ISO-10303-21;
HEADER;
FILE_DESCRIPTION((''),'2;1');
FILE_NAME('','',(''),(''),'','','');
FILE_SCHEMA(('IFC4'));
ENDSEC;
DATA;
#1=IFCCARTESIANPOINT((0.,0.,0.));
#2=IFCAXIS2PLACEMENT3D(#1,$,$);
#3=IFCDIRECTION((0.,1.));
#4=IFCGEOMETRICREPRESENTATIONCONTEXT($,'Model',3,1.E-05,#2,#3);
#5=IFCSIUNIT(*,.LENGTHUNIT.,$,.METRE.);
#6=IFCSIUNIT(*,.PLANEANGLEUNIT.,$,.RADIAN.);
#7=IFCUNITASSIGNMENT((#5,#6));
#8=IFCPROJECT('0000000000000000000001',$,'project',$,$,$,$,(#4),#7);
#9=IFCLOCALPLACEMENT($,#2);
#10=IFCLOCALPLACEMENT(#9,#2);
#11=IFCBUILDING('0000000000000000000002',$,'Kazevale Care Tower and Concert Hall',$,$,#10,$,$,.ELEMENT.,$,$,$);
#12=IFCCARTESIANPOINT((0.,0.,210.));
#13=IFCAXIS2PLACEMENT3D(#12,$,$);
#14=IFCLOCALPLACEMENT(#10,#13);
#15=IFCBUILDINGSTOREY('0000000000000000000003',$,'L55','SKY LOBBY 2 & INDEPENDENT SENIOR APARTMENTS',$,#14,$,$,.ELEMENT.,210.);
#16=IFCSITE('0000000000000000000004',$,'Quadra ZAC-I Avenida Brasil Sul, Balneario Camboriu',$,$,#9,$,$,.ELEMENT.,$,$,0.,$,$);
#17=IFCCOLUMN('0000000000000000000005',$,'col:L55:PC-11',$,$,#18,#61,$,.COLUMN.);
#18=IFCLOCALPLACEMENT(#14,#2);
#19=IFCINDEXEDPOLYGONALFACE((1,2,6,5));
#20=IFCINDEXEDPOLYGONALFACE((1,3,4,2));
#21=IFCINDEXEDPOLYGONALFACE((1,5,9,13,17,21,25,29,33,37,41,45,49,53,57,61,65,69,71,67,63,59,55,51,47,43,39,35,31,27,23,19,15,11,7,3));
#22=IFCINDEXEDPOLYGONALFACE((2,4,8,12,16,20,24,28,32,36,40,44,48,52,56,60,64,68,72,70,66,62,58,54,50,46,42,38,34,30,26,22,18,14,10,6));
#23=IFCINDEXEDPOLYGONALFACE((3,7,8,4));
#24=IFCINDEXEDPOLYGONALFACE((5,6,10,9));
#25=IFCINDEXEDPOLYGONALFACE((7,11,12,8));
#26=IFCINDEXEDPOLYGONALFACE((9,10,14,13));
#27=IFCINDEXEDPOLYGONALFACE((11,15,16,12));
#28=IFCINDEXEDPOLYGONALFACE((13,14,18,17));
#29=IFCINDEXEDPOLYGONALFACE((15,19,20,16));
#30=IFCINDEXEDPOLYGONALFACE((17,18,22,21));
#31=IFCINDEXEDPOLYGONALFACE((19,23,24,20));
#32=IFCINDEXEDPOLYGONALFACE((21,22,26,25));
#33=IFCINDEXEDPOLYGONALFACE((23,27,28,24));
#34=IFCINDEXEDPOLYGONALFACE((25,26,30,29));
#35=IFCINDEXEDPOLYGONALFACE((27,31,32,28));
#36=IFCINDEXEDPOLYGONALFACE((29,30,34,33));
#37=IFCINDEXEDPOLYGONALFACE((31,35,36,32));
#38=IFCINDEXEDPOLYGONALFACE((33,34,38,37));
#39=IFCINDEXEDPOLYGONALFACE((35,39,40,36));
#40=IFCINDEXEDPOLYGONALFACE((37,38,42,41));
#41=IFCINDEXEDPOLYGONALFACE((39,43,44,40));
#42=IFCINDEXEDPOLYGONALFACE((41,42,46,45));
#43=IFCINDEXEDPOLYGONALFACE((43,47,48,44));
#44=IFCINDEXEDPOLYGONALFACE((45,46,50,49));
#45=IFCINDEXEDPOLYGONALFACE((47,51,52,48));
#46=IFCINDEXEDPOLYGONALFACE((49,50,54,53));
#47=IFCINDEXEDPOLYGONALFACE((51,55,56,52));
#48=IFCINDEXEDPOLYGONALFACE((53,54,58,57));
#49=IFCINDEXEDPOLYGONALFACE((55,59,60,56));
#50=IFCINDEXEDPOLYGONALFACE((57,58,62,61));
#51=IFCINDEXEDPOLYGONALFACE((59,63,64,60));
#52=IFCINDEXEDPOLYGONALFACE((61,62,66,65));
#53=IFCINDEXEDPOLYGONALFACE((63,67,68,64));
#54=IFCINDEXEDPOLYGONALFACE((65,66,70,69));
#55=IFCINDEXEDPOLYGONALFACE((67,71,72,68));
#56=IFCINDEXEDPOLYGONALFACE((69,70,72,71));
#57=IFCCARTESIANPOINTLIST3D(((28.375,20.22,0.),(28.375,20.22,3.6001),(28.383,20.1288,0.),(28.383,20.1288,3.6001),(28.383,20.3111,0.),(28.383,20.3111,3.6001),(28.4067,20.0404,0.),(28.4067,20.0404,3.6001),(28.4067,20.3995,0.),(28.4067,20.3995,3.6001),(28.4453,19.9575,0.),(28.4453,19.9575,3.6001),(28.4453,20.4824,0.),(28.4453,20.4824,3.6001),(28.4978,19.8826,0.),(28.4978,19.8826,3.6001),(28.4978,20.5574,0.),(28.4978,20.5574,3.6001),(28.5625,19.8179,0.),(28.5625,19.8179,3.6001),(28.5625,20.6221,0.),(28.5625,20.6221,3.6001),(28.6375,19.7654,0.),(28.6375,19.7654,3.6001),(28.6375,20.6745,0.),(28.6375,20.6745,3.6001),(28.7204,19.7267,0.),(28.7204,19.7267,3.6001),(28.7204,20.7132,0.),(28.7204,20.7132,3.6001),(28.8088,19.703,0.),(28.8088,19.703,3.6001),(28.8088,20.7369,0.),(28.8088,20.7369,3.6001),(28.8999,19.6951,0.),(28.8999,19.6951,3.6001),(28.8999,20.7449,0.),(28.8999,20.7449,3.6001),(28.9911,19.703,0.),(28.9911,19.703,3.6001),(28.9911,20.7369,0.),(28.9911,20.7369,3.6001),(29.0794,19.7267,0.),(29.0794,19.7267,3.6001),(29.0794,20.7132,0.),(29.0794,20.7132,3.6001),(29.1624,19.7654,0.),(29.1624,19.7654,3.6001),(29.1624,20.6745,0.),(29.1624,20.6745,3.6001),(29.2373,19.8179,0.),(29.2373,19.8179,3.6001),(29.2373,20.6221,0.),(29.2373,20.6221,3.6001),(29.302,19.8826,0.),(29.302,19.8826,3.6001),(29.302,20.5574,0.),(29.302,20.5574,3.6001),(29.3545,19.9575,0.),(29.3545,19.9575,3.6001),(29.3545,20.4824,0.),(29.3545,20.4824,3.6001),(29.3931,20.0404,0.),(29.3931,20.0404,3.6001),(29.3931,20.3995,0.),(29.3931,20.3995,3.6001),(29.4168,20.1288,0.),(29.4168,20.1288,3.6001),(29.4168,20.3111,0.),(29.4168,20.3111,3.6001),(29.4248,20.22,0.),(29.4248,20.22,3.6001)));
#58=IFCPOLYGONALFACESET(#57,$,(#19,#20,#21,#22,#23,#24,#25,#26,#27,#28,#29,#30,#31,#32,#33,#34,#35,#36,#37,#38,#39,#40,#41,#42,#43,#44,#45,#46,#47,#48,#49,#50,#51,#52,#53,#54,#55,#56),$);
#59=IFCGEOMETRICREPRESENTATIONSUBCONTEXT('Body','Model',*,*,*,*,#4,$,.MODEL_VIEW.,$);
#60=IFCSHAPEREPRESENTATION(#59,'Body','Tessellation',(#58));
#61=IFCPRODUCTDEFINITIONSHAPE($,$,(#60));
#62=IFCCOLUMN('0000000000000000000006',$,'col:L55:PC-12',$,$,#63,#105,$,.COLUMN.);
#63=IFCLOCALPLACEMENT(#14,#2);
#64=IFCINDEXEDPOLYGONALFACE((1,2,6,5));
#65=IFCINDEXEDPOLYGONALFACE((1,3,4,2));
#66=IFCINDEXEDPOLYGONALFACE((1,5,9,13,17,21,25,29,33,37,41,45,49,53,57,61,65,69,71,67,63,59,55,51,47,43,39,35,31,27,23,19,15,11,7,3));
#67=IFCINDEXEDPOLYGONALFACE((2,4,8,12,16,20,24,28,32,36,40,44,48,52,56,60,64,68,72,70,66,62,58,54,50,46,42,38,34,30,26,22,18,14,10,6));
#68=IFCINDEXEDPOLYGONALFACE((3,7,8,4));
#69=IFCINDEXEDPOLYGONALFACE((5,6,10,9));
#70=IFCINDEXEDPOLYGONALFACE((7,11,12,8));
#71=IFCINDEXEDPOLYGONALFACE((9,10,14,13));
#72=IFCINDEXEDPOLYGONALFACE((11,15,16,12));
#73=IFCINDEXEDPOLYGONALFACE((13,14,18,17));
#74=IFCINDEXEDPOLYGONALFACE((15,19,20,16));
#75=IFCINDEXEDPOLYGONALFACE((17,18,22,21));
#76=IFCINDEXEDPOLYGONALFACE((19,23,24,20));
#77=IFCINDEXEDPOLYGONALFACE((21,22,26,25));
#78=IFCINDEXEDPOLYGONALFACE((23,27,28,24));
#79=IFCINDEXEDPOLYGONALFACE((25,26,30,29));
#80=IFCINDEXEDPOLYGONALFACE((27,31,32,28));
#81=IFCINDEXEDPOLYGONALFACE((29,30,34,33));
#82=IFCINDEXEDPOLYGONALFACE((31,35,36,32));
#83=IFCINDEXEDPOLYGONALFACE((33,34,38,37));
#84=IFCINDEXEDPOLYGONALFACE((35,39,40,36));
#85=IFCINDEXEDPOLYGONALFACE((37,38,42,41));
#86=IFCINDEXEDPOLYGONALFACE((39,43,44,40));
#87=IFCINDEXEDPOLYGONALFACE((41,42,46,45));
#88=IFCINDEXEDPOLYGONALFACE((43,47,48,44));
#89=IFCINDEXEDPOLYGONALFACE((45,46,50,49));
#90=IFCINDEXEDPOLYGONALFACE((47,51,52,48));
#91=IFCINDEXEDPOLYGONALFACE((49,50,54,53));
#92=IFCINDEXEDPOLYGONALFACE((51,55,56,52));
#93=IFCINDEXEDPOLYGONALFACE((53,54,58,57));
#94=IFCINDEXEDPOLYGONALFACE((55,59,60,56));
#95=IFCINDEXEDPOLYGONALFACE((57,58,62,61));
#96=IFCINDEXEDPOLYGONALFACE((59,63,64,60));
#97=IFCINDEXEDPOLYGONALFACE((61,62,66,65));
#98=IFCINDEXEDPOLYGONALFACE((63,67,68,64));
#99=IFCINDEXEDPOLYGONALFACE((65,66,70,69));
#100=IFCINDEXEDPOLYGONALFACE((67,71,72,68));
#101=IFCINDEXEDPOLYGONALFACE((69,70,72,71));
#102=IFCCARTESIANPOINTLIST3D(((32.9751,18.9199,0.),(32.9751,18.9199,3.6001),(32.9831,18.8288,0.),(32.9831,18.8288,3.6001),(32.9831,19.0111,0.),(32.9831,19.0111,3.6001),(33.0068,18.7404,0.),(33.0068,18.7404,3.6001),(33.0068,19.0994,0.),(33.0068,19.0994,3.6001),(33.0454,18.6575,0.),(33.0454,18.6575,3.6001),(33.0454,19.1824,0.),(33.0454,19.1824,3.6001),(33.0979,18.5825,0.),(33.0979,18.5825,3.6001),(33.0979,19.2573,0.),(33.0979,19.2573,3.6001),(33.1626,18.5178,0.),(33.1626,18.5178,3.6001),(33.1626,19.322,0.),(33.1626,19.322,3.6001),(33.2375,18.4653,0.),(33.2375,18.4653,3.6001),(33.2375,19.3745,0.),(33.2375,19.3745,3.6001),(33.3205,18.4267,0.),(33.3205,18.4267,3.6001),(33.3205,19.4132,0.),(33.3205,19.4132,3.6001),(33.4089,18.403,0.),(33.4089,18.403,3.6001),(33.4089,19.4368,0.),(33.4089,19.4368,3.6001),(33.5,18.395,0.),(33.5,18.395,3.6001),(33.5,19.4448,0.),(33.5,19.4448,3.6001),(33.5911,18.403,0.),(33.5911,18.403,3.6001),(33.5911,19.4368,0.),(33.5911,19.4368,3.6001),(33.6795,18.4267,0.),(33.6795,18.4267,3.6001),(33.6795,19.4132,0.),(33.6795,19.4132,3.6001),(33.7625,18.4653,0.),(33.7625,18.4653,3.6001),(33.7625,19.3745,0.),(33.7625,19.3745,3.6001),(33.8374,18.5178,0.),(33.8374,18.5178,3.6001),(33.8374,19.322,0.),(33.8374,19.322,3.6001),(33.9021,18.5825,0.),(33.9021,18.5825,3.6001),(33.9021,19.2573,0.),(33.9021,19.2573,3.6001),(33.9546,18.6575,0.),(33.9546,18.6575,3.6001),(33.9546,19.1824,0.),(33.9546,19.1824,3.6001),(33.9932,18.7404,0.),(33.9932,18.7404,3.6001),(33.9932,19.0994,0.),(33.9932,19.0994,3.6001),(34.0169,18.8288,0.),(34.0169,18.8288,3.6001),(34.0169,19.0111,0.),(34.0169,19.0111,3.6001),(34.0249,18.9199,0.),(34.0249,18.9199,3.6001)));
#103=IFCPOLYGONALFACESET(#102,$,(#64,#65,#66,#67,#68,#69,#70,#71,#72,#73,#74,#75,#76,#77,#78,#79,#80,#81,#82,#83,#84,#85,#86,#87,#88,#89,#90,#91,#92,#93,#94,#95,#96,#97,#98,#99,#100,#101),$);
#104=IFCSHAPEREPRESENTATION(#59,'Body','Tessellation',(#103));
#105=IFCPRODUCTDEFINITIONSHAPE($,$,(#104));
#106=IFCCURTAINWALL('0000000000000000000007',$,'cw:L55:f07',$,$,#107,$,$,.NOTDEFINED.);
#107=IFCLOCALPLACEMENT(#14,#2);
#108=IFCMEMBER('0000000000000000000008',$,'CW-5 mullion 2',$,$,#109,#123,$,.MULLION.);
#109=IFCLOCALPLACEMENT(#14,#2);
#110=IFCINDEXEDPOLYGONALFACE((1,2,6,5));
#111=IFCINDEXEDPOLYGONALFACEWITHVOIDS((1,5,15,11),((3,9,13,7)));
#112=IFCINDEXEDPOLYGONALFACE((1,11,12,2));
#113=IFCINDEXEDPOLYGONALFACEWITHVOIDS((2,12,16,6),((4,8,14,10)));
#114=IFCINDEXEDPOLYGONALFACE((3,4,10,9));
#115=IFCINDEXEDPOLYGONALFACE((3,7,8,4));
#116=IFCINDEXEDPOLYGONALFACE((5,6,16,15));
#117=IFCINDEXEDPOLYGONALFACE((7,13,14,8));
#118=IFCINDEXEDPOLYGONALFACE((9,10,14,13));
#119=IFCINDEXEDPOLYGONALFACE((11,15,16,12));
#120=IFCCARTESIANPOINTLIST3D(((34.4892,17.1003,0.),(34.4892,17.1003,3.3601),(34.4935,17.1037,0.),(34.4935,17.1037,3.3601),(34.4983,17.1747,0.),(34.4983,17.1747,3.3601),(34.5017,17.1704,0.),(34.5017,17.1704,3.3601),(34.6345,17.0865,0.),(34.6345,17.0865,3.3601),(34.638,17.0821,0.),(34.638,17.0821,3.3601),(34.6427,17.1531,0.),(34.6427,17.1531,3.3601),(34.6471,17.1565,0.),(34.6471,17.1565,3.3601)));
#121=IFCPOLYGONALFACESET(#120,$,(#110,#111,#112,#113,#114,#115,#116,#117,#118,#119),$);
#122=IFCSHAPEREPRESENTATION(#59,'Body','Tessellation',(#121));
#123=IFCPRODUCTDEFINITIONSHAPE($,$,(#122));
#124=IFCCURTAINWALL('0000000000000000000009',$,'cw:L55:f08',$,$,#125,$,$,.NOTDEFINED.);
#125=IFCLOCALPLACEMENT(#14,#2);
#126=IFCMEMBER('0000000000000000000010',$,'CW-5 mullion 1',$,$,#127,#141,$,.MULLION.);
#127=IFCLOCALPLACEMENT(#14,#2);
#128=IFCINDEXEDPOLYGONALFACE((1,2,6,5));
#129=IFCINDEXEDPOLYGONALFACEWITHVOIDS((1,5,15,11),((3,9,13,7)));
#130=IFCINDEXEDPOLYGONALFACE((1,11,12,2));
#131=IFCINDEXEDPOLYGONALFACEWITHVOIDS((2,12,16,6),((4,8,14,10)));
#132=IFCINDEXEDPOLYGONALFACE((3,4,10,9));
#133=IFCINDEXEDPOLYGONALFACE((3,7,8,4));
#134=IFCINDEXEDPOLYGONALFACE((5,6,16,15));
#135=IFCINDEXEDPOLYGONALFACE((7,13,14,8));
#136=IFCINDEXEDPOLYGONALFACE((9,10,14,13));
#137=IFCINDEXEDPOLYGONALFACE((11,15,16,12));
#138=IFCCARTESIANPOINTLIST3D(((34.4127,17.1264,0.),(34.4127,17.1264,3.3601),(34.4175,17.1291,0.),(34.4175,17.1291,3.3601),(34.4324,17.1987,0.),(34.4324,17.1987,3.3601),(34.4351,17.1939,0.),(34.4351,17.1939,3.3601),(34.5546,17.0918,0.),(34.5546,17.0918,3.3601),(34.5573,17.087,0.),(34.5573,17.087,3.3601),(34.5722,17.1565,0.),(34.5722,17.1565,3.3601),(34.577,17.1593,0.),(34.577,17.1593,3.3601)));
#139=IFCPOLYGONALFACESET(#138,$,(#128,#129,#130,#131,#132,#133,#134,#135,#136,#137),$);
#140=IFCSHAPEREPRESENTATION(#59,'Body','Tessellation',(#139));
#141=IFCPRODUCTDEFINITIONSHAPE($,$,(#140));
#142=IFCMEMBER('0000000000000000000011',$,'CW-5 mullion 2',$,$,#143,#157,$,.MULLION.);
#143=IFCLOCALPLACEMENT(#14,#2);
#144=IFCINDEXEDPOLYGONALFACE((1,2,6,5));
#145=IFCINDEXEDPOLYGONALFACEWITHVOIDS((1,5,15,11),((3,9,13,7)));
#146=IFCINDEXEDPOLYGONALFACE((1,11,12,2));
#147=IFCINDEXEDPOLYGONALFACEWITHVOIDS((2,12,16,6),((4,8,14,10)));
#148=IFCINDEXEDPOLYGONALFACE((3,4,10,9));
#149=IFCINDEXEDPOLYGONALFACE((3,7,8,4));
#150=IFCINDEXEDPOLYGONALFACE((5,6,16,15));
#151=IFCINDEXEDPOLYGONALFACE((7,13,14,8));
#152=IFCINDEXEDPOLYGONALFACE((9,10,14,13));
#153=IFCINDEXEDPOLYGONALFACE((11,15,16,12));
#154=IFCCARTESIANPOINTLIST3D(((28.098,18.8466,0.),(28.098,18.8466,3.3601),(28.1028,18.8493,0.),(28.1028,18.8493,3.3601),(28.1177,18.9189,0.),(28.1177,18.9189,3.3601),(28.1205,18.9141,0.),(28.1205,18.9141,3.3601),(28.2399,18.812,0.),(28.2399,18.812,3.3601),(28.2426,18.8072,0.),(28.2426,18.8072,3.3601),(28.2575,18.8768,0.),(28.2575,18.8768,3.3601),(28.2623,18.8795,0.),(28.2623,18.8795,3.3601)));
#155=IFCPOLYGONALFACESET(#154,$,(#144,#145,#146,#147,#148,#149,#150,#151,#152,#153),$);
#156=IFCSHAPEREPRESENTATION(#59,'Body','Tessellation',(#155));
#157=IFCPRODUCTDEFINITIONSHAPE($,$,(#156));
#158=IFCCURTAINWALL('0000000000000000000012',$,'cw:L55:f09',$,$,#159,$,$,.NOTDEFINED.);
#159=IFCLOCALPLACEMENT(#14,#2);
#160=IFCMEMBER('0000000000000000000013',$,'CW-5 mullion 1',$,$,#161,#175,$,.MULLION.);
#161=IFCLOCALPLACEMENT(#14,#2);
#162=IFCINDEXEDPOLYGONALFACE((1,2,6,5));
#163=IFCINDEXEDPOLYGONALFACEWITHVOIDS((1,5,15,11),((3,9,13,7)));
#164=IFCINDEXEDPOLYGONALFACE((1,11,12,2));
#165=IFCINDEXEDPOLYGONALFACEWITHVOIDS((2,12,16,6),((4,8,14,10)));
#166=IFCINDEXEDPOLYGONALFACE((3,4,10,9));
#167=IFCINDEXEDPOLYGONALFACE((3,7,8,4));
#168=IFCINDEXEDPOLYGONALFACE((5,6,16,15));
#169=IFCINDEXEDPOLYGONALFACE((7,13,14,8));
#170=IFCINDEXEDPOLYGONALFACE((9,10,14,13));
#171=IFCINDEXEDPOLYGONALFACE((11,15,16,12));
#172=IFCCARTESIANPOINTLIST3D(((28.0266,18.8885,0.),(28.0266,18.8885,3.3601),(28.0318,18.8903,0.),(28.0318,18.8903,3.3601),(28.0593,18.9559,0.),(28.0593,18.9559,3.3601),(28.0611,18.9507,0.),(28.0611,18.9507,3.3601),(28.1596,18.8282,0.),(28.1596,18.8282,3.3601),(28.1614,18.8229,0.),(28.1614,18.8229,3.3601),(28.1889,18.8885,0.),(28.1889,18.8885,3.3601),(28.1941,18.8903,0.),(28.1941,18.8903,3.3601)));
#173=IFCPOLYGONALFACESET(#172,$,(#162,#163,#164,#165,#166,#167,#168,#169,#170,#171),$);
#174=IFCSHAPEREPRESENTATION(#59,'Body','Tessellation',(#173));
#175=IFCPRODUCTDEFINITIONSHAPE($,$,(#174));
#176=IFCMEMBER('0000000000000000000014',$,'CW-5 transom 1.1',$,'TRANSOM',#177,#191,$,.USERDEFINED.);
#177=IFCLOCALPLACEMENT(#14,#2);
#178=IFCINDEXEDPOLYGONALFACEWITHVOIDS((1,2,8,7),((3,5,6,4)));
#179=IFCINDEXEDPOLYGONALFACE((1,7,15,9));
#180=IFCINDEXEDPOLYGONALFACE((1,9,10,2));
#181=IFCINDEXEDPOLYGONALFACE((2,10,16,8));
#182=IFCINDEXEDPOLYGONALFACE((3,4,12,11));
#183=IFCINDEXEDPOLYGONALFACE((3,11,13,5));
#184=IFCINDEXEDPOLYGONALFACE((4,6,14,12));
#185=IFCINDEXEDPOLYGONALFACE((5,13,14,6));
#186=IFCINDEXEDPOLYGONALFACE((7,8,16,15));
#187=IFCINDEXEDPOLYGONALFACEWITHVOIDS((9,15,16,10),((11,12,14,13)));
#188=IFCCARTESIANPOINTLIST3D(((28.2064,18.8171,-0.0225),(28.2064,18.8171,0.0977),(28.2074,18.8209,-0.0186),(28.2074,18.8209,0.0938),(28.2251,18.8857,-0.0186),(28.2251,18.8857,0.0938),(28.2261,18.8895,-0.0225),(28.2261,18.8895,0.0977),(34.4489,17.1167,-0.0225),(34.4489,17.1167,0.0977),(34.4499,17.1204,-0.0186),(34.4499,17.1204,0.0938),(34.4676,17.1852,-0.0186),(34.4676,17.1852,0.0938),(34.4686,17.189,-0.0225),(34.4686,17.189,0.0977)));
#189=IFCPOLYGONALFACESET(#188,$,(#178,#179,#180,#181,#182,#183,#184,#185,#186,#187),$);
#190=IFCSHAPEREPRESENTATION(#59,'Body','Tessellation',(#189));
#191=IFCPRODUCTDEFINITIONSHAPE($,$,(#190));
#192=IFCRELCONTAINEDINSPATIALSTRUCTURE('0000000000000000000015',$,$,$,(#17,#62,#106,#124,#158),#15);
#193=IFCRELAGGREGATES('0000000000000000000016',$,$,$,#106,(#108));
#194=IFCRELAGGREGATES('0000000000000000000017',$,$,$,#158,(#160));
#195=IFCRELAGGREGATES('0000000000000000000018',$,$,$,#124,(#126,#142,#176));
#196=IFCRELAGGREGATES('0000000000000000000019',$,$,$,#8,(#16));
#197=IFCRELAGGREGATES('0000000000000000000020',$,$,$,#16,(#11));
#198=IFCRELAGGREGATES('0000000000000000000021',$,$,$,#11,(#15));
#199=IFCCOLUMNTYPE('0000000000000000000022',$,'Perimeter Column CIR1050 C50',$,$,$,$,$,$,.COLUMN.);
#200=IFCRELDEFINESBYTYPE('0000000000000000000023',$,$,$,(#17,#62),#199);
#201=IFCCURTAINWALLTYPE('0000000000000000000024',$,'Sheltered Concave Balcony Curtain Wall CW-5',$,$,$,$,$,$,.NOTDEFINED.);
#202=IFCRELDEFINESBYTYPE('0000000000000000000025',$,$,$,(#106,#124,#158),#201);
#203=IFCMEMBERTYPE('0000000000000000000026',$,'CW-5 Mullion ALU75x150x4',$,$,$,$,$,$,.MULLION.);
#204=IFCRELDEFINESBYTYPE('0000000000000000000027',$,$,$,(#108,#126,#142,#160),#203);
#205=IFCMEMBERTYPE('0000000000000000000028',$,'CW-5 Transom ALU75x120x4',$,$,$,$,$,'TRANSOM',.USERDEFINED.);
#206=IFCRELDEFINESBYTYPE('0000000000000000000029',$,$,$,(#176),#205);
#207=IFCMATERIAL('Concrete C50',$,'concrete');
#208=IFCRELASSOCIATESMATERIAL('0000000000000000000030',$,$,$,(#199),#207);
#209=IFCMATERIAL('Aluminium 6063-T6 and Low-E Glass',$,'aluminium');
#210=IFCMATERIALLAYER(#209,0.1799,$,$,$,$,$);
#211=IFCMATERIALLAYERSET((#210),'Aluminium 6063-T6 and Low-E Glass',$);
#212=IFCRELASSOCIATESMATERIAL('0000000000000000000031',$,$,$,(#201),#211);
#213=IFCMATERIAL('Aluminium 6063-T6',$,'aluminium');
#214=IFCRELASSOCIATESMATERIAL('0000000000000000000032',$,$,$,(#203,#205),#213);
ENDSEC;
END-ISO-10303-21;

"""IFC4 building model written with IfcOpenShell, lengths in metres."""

from ifc_helpers import new_model, si_unit, direction, frame, origin, origin_2d, place, context, subcontext, project, spatial, hollow_rectangle, circle, extrude, material, layer, layer_set, material_profile, profile_set, type_object, element, aggregate, save


model = new_model("IFC4")

# Units and contexts
model_context = context("Model", 3, precision=1e-05, world=origin(), true_north=direction((0.0, 1.0)))
body_context = subcontext(model_context, "Body", "Model", "MODEL_VIEW")
ifc_project = project(units=[si_unit("LENGTHUNIT", "METRE"), si_unit("PLANEANGLEUNIT", "RADIAN")], contexts=[model_context])

# Site, building, storey
site_placement = place(None, origin())
site = spatial("IfcSite", under=ifc_project, at=site_placement, Name="Quadra ZAC-I Avenida Brasil Sul, Balneario Camboriu", CompositionType="ELEMENT", RefElevation=0.0)
building_placement = place(site_placement, origin())
building = spatial("IfcBuilding", under=site, at=building_placement, Name="Kazevale Care Tower and Concert Hall", CompositionType="ELEMENT")
storey_placement = place(building_placement, frame((0.0, 0.0, 210.0)))
storey = spatial("IfcBuildingStorey", under=building, at=storey_placement, Name="L55", Description="SKY LOBBY 2 & INDEPENDENT SENIOR APARTMENTS", CompositionType="ELEMENT", Elevation=210.0)

# Columns
ifc_material_1 = material(Name="Concrete C50", Category="concrete")
ifc_material_profile_1 = material_profile(ifc_material_1, circle(Radius=0.5249, at=origin_2d()), Name="RC-CIR1050")
ifc_profile_set_1 = profile_set([ifc_material_profile_1], Name="Concrete C50")
column_type = type_object("IfcColumnType", Name="Perimeter Column CIR1050 C50", PredefinedType="COLUMN", material=ifc_profile_set_1)
for number, where, z_axis, x_axis, name in (
    (1, (28.8999, 20.22, 0.0), (0.0, 0.0, 1.0), (1.0, 0.0, 0.0), "col:L55:PC-11"),
    (2, (33.5, 18.9199, 0.0), (0.0, 0.0, 1.0), (1.0, 0.0, 0.0), "col:L55:PC-12"),
):
    element("IfcColumn", number, at=place(storey_placement, frame(where, z_axis=z_axis, x_axis=x_axis)), inside=storey, type_object=column_type, Name=name, PredefinedType="COLUMN", context=body_context, shape_type="SweptSolid", body=[
        extrude(circle(Radius=0.5249, at=origin_2d()), origin(), (0.0, 0.0, 1.0), 3.6001),
    ])

# Curtain wall, member
ifc_material_2 = material(Name="Aluminium 6063-T6 and Low-E Glass", Category="aluminium")
ifc_layer_1 = layer(ifc_material_2, 0.1799)
ifc_layer_set_1 = layer_set([ifc_layer_1], Name="Aluminium 6063-T6 and Low-E Glass")
curtain_wall_type = type_object("IfcCurtainWallType", Name="Sheltered Concave Balcony Curtain Wall CW-5", PredefinedType="NOTDEFINED", material=ifc_layer_set_1)
curtain_wall_1_placement = place(storey_placement, origin())
curtain_wall_1 = element("IfcCurtainWall", 3, at=curtain_wall_1_placement, inside=storey, type_object=curtain_wall_type, Name="cw:L55:f07", PredefinedType="NOTDEFINED")
ifc_material_3 = material(Name="Aluminium 6063-T6", Category="aluminium")
ifc_material_profile_2 = material_profile(ifc_material_3, hollow_rectangle(XDim=0.075, YDim=0.1499, WallThickness=0.0039, at=origin_2d()), Name="ALU75x150x4")
ifc_profile_set_2 = profile_set([ifc_material_profile_2], Name="Aluminium 6063-T6")
member_type_1 = type_object("IfcMemberType", Name="CW-5 Mullion ALU75x150x4", PredefinedType="MULLION", material=ifc_profile_set_2)
member_1_placement = place(storey_placement, frame((34.5681, 17.1284, 0.0), z_axis=(0.0, 0.0, 1.0), x_axis=(-0.121651, -0.992573, 0.0)))
member_1 = element("IfcMember", 4, at=member_1_placement, type_object=member_type_1, Name="CW-5 mullion 2", PredefinedType="MULLION", context=body_context, shape_type="SweptSolid", body=[
    extrude(hollow_rectangle(XDim=0.075, YDim=0.1499, WallThickness=0.0039, at=origin_2d()), origin(), (0.0, 0.0, 1.0), 3.3601),
])
aggregate(curtain_wall_1, [member_1])

# Curtain wall, members
curtain_wall_2_placement = place(storey_placement, origin())
curtain_wall_2 = element("IfcCurtainWall", 5, at=curtain_wall_2_placement, inside=storey, type_object=curtain_wall_type, Name="cw:L55:f08", PredefinedType="NOTDEFINED")
member_2_placement = place(storey_placement, frame((34.4949, 17.1428, 0.0), z_axis=(0.0, 0.0, 1.0), x_axis=(-0.262849, -0.964837, 0.0)))
member_2 = element("IfcMember", 6, at=member_2_placement, type_object=member_type_1, Name="CW-5 mullion 1", PredefinedType="MULLION", context=body_context, shape_type="SweptSolid", body=[
    extrude(hollow_rectangle(XDim=0.075, YDim=0.1499, WallThickness=0.0039, at=origin_2d()), origin(), (0.0, 0.0, 1.0), 3.3601),
])
member_3_placement = place(storey_placement, frame((28.1802, 18.863, 0.0), z_axis=(0.0, 0.0, 1.0), x_axis=(-0.262849, -0.964837, 0.0)))
member_3 = element("IfcMember", 7, at=member_3_placement, type_object=member_type_1, Name="CW-5 mullion 2", PredefinedType="MULLION", context=body_context, shape_type="SweptSolid", body=[
    extrude(hollow_rectangle(XDim=0.075, YDim=0.1499, WallThickness=0.0039, at=origin_2d()), origin(), (0.0, 0.0, 1.0), 3.3601),
])

# Curtain wall, member
curtain_wall_3_placement = place(storey_placement, origin())
curtain_wall_3 = element("IfcCurtainWall", 8, at=curtain_wall_3_placement, inside=storey, type_object=curtain_wall_type, Name="cw:L55:f09", PredefinedType="NOTDEFINED")
member_4_placement = place(storey_placement, frame((28.1104, 18.8894, 0.0), z_axis=(0.0, 0.0, 1.0), x_axis=(-0.437238, -0.899346, 0.0)))
member_4 = element("IfcMember", 9, at=member_4_placement, type_object=member_type_1, Name="CW-5 mullion 1", PredefinedType="MULLION", context=body_context, shape_type="SweptSolid", body=[
    extrude(hollow_rectangle(XDim=0.075, YDim=0.1499, WallThickness=0.0039, at=origin_2d()), origin(), (0.0, 0.0, 1.0), 3.3601),
])

# Member
ifc_material_profile_3 = material_profile(ifc_material_3, hollow_rectangle(XDim=0.075, YDim=0.1201, WallThickness=0.0039, at=origin_2d()), Name="ALU75x120x4")
ifc_profile_set_3 = profile_set([ifc_material_profile_3], Name="Aluminium 6063-T6")
member_type_2 = type_object("IfcMemberType", Name="CW-5 Transom ALU75x120x4", ElementType="TRANSOM", PredefinedType="USERDEFINED", material=ifc_profile_set_3)
member_5_placement = place(storey_placement, frame((34.4587, 17.1528, 0.0376), z_axis=(-0.964844, 0.262824, 0.0), x_axis=(-0.262824, -0.964844, 0.0)))
member_5 = element("IfcMember", 10, at=member_5_placement, type_object=member_type_2, Name="CW-5 transom 1.1", ObjectType="TRANSOM", PredefinedType="USERDEFINED", context=body_context, shape_type="SweptSolid", body=[
    extrude(hollow_rectangle(XDim=0.075, YDim=0.1201, WallThickness=0.0039, at=origin_2d()), origin(), (0.0, 0.0, 1.0), 6.47),
])
aggregate(curtain_wall_3, [member_4])

aggregate(curtain_wall_2, [member_2, member_3, member_5])

save(model, "model.ifc")
